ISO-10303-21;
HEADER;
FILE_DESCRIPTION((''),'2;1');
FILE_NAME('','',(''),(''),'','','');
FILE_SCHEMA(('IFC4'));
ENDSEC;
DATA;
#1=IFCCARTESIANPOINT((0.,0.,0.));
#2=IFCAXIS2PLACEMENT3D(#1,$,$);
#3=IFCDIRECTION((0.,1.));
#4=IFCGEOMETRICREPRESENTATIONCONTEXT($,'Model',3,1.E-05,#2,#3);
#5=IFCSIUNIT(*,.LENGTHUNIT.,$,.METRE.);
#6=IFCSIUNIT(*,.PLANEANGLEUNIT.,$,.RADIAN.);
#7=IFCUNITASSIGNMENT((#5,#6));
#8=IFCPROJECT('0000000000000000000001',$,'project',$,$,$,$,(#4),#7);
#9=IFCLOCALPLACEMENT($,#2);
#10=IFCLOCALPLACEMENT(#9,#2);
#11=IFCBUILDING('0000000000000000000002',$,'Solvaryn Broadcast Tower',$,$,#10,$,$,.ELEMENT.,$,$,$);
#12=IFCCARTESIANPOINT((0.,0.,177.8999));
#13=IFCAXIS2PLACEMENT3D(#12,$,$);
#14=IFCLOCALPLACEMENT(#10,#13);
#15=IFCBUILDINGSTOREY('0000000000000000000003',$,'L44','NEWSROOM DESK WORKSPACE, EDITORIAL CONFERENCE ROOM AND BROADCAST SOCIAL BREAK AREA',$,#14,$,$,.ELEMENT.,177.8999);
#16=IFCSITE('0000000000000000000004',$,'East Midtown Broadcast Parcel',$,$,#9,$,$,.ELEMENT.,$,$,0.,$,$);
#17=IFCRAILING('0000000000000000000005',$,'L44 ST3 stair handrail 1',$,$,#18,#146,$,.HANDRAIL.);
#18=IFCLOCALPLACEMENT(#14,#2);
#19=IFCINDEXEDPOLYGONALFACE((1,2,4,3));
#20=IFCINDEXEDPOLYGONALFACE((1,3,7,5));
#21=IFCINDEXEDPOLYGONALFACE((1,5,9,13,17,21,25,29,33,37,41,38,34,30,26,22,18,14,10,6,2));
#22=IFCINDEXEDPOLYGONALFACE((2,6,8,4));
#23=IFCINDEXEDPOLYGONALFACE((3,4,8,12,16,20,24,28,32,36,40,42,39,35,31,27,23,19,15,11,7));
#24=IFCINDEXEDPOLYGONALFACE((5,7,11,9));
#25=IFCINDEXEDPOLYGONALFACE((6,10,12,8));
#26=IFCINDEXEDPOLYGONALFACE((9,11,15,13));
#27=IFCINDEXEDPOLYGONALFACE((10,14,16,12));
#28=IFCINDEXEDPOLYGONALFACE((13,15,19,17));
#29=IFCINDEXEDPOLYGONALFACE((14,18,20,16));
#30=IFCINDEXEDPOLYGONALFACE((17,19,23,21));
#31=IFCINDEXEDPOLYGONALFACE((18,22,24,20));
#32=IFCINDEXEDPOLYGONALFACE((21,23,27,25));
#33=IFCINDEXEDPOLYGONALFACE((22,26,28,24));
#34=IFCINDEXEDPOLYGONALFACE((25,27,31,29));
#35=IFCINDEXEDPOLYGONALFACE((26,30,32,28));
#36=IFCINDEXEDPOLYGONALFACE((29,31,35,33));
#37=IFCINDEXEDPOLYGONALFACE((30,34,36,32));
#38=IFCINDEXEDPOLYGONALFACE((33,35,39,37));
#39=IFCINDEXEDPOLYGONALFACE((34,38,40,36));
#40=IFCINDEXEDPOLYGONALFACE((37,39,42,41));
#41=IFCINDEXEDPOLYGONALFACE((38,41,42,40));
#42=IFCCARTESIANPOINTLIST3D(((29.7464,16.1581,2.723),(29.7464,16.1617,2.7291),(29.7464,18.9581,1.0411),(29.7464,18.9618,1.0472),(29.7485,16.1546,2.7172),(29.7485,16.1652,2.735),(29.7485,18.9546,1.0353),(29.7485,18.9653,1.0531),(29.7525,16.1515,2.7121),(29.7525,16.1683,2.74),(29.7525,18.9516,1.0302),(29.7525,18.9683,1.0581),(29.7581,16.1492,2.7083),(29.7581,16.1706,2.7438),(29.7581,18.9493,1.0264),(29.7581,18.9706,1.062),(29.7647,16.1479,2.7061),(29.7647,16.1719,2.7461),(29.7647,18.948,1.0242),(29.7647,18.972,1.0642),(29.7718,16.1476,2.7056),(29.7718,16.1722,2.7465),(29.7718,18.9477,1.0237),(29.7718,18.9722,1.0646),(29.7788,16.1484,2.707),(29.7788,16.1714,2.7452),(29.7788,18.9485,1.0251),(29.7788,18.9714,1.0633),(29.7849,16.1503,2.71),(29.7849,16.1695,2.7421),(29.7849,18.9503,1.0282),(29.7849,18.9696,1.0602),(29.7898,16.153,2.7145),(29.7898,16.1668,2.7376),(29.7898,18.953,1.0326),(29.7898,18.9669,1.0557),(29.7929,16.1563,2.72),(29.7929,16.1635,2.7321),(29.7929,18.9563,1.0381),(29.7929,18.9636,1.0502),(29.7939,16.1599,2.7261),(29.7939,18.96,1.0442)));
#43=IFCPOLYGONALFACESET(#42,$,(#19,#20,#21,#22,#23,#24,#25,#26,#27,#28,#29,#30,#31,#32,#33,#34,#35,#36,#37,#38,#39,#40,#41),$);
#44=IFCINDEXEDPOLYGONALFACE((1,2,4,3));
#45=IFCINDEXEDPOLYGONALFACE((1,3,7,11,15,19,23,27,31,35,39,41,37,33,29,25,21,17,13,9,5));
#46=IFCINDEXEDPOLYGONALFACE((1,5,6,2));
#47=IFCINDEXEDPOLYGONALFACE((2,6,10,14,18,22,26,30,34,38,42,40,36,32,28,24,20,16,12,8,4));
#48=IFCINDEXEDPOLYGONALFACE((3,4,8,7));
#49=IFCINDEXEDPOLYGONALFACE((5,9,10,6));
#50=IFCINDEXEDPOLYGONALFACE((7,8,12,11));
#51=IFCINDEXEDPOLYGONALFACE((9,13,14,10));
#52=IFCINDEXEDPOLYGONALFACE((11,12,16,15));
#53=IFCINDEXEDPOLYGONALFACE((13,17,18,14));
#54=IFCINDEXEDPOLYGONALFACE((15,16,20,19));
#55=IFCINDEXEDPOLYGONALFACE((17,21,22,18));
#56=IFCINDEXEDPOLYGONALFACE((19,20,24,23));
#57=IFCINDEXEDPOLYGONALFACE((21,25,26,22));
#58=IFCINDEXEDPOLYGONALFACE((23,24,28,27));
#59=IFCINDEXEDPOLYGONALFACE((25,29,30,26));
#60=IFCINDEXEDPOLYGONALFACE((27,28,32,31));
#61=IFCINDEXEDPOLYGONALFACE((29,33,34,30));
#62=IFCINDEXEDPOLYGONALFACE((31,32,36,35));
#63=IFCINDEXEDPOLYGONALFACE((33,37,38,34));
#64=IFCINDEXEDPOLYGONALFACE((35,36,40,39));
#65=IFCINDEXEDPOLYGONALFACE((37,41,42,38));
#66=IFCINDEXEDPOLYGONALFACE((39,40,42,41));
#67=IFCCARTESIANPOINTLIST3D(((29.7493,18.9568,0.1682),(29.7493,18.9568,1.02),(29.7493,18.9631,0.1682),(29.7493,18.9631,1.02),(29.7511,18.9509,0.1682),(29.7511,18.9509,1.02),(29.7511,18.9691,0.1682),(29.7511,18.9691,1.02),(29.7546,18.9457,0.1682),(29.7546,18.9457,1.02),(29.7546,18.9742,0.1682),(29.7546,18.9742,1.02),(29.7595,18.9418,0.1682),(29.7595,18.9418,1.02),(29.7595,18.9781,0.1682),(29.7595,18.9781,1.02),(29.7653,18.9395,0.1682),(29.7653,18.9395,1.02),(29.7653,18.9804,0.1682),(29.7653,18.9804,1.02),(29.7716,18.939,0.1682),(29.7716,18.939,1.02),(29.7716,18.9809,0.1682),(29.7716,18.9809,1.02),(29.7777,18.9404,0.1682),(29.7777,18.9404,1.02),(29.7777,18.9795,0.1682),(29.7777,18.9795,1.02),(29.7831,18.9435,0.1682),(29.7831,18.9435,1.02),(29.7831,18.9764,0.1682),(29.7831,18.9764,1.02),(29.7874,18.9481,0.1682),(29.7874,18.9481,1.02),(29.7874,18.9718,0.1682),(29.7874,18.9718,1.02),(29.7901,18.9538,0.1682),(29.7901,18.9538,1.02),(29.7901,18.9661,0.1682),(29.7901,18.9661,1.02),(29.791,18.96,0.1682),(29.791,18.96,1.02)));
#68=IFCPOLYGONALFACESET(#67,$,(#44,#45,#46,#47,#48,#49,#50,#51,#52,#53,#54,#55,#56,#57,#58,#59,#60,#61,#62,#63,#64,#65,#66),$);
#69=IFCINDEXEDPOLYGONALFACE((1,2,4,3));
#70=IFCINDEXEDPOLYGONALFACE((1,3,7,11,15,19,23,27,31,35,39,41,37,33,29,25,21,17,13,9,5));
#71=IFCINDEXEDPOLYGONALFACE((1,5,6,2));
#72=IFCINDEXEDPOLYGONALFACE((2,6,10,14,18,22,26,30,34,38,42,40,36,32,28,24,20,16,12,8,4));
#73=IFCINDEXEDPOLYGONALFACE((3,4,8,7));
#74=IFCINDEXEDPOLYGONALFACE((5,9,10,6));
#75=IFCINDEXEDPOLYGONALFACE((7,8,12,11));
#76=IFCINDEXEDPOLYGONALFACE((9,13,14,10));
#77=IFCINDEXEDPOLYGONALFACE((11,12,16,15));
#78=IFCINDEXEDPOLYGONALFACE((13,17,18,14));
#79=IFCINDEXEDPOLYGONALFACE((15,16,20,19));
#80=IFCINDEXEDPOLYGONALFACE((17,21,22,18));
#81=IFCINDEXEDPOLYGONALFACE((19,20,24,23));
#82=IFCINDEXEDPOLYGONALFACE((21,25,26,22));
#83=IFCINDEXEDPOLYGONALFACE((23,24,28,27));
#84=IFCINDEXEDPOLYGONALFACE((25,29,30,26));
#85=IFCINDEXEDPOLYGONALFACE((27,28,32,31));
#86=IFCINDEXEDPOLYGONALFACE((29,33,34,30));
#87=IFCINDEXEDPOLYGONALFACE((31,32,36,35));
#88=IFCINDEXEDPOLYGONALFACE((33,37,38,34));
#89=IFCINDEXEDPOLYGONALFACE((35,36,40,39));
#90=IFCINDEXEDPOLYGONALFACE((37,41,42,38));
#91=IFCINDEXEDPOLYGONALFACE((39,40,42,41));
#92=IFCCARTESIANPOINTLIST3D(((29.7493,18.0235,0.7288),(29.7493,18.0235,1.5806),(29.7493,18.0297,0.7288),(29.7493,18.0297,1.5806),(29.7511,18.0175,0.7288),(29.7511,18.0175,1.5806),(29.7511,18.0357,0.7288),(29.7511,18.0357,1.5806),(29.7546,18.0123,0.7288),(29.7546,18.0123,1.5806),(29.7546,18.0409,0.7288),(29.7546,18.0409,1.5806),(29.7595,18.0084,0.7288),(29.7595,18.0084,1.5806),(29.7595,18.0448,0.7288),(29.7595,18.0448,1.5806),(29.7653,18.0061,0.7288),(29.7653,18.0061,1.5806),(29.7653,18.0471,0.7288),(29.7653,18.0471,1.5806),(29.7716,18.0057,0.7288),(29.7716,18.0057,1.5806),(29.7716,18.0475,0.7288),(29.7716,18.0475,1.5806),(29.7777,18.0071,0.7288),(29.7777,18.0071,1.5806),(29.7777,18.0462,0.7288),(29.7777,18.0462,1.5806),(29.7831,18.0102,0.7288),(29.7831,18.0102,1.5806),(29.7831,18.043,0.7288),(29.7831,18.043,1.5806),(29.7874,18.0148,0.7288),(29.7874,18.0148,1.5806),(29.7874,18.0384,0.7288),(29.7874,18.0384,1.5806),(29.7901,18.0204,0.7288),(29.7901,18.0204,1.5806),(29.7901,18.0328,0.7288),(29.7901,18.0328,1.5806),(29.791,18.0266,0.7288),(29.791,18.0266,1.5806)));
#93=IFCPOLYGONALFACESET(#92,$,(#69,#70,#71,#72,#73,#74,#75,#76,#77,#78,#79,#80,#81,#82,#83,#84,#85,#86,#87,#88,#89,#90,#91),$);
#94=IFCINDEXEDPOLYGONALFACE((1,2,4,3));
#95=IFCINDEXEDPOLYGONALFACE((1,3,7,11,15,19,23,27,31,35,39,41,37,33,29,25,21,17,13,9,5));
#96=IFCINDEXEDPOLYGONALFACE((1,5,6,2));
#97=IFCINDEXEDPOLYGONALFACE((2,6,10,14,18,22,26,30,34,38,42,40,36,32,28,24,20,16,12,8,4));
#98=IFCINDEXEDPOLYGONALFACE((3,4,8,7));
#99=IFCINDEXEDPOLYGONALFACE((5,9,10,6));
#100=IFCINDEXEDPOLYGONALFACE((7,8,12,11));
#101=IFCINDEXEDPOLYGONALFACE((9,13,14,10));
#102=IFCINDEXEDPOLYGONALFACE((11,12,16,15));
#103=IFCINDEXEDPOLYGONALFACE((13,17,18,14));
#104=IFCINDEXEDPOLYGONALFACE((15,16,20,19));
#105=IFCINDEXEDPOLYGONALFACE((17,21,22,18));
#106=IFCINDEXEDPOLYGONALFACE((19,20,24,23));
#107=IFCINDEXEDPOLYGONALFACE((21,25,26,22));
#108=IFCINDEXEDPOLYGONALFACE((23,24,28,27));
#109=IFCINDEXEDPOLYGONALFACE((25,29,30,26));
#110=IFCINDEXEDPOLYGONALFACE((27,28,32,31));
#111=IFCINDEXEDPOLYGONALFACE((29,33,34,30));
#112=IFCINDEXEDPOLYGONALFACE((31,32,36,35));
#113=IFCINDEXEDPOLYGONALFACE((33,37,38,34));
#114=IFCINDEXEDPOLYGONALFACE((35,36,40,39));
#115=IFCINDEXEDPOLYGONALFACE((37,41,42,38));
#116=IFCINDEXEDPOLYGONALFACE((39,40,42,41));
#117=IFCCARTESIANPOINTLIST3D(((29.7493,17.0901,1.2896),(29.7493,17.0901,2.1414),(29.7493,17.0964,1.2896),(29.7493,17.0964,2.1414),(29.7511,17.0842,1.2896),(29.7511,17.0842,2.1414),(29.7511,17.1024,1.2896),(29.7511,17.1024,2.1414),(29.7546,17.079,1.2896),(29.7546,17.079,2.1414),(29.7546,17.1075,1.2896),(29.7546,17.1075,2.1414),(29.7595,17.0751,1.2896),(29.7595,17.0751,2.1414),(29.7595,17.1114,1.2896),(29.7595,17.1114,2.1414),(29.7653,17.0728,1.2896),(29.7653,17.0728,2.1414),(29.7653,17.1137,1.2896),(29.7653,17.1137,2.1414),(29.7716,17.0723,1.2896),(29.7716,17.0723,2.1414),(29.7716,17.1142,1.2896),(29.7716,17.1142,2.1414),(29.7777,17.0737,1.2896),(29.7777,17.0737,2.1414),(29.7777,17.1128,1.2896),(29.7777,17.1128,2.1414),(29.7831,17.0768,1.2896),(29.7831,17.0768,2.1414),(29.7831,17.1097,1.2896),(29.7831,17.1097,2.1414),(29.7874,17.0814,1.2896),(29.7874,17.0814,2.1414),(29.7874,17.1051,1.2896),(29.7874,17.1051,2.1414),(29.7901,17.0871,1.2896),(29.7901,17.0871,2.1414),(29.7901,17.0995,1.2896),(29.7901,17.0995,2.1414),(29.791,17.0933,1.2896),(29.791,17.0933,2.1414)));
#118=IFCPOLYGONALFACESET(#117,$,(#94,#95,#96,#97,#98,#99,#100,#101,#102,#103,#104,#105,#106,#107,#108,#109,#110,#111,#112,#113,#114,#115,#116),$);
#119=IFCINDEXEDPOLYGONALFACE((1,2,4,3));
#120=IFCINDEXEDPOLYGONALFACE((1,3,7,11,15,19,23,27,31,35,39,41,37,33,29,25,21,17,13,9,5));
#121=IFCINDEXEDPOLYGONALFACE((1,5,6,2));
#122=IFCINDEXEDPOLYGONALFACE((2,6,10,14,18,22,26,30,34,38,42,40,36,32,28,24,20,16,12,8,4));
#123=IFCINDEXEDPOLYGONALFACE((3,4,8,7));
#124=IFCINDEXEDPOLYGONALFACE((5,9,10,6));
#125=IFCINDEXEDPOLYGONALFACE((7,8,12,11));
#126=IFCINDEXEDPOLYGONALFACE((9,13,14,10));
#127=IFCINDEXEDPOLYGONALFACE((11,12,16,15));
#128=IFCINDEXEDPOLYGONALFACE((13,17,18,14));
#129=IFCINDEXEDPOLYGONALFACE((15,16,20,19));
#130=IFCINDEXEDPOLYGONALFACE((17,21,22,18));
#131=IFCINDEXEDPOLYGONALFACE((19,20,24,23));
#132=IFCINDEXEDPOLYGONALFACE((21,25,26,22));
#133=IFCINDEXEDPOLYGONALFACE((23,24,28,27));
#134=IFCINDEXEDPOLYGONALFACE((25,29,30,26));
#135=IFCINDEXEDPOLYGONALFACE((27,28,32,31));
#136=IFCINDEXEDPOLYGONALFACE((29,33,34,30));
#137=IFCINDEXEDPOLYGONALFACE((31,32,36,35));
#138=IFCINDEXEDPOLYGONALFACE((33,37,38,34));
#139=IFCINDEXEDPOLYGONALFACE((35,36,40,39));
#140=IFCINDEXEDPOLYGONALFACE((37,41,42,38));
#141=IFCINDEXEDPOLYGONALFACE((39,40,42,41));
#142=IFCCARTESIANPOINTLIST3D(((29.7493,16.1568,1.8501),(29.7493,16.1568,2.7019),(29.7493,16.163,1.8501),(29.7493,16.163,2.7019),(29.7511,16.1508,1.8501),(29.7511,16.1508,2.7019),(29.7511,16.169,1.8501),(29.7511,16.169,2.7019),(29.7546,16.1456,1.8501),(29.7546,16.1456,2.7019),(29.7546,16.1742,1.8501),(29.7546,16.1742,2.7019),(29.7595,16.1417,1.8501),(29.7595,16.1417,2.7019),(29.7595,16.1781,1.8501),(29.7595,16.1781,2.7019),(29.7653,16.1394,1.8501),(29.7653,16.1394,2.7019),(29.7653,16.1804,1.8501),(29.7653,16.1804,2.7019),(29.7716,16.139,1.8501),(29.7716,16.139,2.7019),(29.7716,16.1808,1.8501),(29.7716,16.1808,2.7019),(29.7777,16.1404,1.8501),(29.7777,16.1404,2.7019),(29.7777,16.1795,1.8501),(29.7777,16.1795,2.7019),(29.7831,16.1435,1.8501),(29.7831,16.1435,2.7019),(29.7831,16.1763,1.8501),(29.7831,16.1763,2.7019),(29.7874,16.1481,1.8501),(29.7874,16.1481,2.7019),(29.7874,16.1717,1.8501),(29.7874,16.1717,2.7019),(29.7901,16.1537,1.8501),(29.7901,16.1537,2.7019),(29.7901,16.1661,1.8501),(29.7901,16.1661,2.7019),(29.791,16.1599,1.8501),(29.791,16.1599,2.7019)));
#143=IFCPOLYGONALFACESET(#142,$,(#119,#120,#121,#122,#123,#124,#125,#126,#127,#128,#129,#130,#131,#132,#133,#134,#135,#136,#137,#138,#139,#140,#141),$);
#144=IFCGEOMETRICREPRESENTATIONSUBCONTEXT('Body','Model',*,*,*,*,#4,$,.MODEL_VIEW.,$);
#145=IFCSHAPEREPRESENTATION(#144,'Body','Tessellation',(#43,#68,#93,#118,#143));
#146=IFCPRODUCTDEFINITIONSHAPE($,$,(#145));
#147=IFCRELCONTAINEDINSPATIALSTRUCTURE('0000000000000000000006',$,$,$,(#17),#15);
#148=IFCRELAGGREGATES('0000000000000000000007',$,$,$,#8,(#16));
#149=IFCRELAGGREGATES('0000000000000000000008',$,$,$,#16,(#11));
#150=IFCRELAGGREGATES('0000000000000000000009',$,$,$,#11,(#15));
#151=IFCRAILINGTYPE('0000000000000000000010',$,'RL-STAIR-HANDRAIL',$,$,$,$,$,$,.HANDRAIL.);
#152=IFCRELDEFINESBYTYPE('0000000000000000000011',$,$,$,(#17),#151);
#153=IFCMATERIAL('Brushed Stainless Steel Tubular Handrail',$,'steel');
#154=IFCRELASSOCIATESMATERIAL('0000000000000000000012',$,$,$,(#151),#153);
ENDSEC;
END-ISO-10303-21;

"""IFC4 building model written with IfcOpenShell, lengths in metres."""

from ifc_helpers import new_model, si_unit, direction, frame, origin, origin_2d, place, context, subcontext, project, spatial, circle, extrude, material, type_object, element, save


model = new_model("IFC4")

# Units and contexts
model_context = context("Model", 3, precision=1e-05, world=origin(), true_north=direction((0.0, 1.0)))
body_context = subcontext(model_context, "Body", "Model", "MODEL_VIEW")
ifc_project = project(units=[si_unit("LENGTHUNIT", "METRE"), si_unit("PLANEANGLEUNIT", "RADIAN")], contexts=[model_context])

# Site, building, storey
site_placement = place(None, origin())
site = spatial("IfcSite", under=ifc_project, at=site_placement, Name="East Midtown Broadcast Parcel", CompositionType="ELEMENT", RefElevation=0.0)
building_placement = place(site_placement, origin())
building = spatial("IfcBuilding", under=site, at=building_placement, Name="Solvaryn Broadcast Tower", CompositionType="ELEMENT")
storey_placement = place(building_placement, frame((0.0, 0.0, 177.8999)))
storey = spatial("IfcBuildingStorey", under=building, at=storey_placement, Name="L44", Description="NEWSROOM DESK WORKSPACE, EDITORIAL CONFERENCE ROOM AND BROADCAST SOCIAL BREAK AREA", CompositionType="ELEMENT", Elevation=177.8999)

# Railing
ifc_material_1 = material(Name="Brushed Stainless Steel Tubular Handrail", Category="steel")
railing_type_1 = type_object("IfcRailingType", Name="RL-STAIR-HANDRAIL", PredefinedType="HANDRAIL", material=ifc_material_1)
railing_1_placement = place(storey_placement, frame((29.77, 18.96, 0.1682)))
element("IfcRailing", 1, at=railing_1_placement, inside=storey, type_object=railing_type_1, Name="L44 ST3 stair handrail 1", PredefinedType="HANDRAIL", context=body_context, shape_type="SweptSolid", body=[
    extrude(circle(Radius=0.0239, at=origin_2d()), frame((0.0, 0.0, 0.876), z_axis=(0.0, -0.857242, 0.514913), x_axis=(1.0, 0.0, 0.0)), (0.0, 0.0, 1.0), 3.2664),
    extrude(circle(Radius=0.021, at=origin_2d()), origin(), (0.0, 0.0, 1.0), 0.8518),
    extrude(circle(Radius=0.021, at=origin_2d()), frame((0.0, -0.9333, 0.5605)), (0.0, 0.0, 1.0), 0.8518),
    extrude(circle(Radius=0.021, at=origin_2d()), frame((0.0, -1.8667, 1.1213)), (0.0, 0.0, 1.0), 0.8518),
    extrude(circle(Radius=0.021, at=origin_2d()), frame((0.0, -2.8, 1.6819)), (0.0, 0.0, 1.0), 0.8518),
])

save(model, "model.ifc")
